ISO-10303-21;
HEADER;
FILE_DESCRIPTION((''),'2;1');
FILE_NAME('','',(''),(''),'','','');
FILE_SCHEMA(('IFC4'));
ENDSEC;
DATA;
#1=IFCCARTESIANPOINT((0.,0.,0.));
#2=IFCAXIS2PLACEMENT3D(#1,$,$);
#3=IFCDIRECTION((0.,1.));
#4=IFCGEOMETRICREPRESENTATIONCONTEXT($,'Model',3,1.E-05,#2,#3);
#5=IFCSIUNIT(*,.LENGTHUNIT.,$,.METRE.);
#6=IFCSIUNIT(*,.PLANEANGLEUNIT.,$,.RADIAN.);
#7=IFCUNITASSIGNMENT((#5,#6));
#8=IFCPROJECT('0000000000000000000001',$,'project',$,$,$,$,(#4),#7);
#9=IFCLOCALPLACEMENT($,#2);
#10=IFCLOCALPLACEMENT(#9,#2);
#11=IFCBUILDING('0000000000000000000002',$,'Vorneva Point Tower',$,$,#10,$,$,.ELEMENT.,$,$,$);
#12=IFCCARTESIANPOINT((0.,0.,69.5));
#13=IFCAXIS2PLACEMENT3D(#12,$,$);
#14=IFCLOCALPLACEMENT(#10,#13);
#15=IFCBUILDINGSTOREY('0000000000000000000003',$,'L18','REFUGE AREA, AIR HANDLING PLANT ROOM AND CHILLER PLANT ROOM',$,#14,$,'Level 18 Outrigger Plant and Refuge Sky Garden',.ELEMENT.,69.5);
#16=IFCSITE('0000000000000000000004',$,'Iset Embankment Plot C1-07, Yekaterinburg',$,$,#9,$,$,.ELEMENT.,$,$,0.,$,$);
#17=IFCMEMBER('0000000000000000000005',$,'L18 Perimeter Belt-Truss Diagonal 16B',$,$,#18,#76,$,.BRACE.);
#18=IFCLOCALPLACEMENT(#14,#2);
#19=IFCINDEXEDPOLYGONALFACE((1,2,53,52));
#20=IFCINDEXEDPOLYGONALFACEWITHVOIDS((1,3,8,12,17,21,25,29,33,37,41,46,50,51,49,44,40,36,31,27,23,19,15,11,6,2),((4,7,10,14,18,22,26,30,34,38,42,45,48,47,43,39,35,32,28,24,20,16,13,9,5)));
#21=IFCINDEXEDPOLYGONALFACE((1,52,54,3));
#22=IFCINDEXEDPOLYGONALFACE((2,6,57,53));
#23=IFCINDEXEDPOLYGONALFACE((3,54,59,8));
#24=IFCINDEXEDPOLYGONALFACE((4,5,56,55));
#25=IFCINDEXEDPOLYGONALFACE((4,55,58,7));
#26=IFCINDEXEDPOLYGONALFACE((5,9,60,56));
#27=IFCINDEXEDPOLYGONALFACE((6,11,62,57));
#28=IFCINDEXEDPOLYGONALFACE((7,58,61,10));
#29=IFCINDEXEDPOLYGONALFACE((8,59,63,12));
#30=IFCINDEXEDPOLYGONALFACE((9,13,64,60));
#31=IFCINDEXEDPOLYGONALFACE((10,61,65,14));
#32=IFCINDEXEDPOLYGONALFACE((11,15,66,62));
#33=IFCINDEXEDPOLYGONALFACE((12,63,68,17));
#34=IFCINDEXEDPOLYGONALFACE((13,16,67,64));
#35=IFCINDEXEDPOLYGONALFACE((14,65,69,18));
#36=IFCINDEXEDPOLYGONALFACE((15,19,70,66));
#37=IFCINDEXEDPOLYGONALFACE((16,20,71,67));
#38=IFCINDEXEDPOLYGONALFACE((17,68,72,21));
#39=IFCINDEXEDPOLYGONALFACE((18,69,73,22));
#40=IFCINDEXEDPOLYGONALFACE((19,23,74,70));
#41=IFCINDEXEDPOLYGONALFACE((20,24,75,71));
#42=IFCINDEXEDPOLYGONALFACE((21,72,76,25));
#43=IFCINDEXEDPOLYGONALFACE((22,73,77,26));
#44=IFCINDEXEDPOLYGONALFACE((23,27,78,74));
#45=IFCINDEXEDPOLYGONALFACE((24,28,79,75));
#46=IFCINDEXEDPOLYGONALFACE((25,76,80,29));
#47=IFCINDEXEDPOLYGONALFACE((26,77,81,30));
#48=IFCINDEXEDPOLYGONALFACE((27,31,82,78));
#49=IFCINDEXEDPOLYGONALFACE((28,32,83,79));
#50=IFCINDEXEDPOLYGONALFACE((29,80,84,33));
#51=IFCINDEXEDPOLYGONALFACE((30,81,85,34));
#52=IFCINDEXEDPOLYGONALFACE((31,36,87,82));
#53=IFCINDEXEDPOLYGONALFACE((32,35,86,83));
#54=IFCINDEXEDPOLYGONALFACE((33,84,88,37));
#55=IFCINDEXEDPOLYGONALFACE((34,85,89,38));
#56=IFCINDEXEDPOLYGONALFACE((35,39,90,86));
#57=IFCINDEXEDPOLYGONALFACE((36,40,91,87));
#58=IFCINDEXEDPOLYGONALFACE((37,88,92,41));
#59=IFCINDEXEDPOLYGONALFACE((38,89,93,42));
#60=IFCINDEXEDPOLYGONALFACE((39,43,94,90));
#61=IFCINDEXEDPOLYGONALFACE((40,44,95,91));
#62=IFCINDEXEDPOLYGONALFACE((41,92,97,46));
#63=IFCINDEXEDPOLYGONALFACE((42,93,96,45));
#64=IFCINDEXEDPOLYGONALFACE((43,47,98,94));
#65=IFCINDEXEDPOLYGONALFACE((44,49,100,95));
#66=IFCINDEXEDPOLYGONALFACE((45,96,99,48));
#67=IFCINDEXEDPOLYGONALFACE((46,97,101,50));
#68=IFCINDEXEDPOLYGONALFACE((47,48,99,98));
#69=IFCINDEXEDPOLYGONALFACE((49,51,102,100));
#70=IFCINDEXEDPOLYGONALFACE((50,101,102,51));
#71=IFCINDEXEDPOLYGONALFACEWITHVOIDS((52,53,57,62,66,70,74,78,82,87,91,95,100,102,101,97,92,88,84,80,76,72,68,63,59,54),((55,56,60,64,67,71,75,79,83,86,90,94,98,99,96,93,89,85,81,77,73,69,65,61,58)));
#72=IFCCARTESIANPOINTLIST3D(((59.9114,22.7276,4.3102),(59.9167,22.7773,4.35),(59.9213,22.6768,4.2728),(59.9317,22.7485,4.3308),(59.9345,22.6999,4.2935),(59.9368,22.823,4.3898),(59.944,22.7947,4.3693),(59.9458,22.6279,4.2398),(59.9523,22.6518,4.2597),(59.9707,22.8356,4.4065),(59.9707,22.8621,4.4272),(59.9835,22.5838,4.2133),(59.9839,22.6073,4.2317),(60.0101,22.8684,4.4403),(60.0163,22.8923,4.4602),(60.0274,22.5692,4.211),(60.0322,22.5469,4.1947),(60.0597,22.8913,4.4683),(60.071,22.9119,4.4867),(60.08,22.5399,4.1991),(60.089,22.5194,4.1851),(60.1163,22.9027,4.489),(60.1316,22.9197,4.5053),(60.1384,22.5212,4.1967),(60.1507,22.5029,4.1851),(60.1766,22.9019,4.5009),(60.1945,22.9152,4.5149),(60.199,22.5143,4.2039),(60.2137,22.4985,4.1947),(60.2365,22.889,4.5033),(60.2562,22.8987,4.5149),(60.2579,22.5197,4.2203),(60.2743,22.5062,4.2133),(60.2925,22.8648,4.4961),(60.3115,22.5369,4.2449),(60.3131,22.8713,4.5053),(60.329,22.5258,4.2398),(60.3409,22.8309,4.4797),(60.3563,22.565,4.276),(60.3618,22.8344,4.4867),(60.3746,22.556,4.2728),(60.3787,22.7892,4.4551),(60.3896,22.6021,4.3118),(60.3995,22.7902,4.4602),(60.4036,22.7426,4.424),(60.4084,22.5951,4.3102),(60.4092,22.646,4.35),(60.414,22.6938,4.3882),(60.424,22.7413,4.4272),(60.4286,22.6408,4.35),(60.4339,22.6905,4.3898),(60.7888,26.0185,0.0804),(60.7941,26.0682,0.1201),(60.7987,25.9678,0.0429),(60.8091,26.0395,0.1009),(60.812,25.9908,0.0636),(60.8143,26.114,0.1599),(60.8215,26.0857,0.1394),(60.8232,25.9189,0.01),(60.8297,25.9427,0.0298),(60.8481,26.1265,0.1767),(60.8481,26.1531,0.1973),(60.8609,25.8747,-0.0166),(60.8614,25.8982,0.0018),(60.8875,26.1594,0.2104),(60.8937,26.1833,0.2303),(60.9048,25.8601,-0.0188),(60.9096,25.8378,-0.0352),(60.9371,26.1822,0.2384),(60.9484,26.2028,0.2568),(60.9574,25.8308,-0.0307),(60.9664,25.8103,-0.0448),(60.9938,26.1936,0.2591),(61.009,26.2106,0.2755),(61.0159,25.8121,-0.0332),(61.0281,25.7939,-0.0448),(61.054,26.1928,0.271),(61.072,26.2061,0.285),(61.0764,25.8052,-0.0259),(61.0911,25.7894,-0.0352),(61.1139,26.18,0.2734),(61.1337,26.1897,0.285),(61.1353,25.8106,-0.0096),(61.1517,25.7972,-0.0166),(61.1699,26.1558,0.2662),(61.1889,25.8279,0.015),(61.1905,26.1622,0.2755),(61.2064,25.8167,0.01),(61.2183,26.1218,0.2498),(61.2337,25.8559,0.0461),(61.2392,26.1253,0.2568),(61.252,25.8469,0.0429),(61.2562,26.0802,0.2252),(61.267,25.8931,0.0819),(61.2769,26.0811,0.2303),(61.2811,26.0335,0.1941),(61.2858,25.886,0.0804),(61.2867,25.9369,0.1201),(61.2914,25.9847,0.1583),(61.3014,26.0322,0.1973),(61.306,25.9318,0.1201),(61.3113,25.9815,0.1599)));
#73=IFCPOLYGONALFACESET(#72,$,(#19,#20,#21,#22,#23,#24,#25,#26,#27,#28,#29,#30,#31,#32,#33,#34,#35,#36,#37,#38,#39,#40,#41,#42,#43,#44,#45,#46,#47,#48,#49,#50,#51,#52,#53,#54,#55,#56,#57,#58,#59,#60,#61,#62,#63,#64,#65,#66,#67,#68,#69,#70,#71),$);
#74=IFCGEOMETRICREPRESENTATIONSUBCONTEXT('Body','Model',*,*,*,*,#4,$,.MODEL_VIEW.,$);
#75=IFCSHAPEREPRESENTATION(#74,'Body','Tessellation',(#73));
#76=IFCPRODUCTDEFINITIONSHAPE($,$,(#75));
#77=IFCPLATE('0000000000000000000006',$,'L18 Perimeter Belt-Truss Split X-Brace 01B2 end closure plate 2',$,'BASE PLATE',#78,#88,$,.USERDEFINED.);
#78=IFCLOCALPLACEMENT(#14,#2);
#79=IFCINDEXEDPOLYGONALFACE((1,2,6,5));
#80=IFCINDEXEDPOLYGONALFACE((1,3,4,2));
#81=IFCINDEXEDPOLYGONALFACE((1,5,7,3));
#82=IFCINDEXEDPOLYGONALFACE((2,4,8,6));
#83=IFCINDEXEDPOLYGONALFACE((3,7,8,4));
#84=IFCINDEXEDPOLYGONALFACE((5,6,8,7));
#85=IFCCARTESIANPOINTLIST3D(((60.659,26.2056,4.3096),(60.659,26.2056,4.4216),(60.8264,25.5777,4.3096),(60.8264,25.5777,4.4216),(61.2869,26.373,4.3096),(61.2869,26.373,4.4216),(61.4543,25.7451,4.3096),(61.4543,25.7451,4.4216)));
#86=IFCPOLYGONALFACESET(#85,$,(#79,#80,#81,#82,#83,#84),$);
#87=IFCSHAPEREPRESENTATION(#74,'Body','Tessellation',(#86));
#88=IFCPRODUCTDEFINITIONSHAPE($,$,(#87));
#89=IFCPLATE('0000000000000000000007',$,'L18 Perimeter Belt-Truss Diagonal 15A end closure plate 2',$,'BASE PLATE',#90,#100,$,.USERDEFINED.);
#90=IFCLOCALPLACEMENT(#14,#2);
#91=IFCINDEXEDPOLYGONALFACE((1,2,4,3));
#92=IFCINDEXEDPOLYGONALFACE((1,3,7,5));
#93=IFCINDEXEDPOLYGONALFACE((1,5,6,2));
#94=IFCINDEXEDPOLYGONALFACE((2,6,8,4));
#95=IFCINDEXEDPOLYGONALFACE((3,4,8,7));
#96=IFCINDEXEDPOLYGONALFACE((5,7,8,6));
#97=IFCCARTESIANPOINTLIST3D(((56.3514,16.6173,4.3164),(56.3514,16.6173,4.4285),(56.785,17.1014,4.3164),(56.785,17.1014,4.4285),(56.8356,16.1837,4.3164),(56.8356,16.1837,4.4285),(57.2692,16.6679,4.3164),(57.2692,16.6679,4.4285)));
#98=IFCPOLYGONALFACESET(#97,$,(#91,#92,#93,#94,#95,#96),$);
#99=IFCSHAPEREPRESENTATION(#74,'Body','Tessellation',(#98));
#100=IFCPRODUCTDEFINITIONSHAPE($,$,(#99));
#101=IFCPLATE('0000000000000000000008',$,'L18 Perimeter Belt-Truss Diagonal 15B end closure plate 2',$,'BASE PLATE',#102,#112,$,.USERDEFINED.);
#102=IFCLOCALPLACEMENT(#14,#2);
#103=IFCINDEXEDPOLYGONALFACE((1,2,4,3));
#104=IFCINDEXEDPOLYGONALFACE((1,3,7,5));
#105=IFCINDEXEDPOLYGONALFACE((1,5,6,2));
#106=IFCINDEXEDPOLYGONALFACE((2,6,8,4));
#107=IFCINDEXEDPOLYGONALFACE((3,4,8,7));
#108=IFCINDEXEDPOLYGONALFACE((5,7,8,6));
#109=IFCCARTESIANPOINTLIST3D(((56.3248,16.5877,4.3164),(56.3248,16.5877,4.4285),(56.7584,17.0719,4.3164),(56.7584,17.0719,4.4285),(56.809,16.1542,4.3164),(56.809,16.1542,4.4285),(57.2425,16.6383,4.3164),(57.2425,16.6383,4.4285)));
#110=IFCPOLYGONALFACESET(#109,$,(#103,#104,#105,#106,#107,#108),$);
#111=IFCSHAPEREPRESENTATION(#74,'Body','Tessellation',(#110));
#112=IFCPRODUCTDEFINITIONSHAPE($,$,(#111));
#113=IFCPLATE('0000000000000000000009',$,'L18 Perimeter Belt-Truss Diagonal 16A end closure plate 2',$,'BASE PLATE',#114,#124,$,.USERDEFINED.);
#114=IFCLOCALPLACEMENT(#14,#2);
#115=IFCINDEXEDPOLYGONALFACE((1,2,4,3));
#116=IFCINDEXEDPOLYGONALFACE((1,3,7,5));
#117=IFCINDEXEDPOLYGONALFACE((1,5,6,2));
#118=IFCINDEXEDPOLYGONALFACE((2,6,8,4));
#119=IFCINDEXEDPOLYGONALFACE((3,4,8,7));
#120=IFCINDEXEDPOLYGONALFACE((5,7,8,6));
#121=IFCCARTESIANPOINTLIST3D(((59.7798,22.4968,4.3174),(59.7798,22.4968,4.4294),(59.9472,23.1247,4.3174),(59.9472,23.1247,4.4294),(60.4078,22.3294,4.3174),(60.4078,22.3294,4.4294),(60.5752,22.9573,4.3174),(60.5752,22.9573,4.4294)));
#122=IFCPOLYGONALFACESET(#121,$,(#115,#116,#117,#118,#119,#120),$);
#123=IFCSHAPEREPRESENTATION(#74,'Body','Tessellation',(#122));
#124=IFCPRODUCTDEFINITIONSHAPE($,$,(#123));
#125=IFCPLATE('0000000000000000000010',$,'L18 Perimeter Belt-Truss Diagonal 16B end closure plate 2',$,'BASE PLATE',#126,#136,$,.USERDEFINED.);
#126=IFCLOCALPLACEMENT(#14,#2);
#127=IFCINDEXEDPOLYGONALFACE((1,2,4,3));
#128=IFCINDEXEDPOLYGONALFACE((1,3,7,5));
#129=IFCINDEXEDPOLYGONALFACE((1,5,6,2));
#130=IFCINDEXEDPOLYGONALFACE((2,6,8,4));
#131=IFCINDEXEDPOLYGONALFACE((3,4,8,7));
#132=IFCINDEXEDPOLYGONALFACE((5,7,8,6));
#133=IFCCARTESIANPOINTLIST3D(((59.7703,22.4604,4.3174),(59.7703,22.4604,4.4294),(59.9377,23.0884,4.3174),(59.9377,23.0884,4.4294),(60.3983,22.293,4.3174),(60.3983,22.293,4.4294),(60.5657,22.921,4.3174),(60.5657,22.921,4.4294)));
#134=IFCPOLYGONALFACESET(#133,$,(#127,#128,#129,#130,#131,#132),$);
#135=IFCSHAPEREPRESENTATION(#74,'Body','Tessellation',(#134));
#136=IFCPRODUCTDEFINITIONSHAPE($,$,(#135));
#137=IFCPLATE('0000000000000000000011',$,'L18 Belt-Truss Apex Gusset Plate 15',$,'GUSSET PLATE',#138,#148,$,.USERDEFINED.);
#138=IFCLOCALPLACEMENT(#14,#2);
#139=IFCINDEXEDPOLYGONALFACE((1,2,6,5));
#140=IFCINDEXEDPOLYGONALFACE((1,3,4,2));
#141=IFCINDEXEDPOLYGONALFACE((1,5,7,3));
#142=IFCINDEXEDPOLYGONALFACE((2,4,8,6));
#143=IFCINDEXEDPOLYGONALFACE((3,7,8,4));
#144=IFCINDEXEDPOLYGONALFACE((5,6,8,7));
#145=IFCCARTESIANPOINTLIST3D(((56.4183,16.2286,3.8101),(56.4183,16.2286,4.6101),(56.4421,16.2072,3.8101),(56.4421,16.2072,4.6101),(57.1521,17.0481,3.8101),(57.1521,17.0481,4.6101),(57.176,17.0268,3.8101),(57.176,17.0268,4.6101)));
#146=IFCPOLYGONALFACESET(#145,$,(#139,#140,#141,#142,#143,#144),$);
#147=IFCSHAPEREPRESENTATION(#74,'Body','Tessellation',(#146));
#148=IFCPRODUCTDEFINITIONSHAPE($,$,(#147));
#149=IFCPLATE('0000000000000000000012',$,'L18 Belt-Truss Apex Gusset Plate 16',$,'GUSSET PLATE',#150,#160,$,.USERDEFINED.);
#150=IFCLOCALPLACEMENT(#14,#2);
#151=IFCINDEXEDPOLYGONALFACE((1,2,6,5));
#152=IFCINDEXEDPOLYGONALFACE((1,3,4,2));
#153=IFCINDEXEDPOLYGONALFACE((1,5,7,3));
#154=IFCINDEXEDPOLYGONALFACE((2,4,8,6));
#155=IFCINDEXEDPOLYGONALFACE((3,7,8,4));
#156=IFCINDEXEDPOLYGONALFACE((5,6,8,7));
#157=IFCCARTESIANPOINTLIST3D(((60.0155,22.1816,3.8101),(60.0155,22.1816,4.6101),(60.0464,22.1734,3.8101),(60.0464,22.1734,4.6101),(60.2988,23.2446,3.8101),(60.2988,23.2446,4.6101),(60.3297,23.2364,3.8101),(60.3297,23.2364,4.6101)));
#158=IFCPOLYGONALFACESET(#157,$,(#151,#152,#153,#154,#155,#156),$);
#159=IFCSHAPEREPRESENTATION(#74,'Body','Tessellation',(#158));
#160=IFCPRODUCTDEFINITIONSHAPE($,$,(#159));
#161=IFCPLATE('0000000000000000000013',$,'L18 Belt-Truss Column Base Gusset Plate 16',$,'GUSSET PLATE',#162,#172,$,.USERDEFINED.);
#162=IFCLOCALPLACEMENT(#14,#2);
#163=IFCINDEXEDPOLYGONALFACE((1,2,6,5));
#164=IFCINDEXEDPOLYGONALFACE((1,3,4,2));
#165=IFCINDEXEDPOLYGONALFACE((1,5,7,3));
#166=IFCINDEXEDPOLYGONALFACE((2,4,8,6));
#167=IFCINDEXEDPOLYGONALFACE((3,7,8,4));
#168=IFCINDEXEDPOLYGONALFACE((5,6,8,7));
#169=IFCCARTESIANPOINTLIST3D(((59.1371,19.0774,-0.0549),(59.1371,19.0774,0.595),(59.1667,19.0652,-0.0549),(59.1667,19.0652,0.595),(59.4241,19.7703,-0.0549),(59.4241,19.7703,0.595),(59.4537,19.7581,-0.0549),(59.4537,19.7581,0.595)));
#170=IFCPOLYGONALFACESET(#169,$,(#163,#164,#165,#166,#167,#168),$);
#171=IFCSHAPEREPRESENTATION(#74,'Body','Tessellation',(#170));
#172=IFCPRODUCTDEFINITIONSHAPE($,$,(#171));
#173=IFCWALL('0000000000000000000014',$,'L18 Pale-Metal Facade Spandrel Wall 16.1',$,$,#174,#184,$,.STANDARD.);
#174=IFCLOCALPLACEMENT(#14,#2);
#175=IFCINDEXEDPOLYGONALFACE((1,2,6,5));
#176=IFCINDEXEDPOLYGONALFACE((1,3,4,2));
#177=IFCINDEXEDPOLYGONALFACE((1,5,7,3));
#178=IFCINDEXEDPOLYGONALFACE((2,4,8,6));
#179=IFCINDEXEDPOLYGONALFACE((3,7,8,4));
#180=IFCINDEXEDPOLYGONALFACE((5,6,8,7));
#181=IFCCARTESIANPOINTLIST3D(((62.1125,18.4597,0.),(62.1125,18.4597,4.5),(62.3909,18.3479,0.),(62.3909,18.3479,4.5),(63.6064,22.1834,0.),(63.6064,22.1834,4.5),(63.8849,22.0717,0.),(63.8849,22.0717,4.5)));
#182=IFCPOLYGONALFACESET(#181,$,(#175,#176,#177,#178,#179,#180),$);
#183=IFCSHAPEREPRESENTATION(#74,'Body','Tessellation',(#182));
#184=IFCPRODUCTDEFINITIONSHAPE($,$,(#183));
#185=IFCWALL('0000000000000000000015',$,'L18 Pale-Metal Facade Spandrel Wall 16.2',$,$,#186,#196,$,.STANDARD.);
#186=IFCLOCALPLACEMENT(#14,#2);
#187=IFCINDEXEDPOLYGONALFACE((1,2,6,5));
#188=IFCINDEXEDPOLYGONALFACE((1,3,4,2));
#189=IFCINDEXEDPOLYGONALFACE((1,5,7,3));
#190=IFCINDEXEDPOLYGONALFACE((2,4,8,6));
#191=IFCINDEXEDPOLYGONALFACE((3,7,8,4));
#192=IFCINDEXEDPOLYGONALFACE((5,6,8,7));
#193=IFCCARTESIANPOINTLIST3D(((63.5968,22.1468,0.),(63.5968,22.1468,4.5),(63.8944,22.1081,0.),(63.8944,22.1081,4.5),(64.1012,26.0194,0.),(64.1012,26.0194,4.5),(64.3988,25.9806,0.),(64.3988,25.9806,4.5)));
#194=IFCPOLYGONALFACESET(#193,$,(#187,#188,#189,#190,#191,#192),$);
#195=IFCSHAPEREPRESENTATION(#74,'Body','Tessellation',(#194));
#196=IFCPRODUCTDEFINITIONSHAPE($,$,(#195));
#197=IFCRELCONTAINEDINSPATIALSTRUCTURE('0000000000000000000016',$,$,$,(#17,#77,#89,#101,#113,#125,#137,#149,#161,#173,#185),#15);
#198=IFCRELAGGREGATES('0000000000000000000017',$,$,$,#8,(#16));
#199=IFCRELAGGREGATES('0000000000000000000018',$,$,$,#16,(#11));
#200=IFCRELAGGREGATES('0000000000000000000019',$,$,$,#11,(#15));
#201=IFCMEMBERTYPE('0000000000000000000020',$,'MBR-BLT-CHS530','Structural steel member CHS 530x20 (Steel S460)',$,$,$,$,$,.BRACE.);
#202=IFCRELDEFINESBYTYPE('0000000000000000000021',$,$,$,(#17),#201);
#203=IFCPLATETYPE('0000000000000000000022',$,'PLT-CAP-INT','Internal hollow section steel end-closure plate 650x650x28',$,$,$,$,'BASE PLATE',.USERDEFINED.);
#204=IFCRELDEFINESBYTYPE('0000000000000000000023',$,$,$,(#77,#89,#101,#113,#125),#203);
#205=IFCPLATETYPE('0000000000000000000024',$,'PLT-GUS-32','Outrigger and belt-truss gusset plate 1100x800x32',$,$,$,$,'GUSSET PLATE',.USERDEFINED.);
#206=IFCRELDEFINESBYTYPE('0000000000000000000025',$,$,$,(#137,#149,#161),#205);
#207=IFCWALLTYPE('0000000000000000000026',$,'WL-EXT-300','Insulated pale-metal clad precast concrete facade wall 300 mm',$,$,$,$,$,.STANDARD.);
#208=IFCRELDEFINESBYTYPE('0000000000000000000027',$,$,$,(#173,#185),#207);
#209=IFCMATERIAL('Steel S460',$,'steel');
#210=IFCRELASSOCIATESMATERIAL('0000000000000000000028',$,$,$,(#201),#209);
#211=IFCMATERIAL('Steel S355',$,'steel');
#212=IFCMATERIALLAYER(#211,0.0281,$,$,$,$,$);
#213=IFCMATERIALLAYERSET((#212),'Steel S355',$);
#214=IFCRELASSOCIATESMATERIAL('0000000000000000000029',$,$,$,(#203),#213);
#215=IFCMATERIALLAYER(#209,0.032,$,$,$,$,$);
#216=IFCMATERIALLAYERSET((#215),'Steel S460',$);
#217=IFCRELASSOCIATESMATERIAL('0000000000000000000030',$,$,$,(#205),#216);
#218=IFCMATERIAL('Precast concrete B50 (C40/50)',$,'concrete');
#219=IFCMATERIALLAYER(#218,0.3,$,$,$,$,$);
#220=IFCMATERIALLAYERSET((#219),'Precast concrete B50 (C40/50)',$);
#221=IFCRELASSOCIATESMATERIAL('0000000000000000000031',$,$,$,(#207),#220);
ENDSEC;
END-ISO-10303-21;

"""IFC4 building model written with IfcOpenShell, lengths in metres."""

from ifc_helpers import new_model, si_unit, direction, frame, frame_2d, origin, origin_2d, place, context, subcontext, project, spatial, rectangle, hollow_circle, extrude, material, layer, layer_set, material_profile, profile_set, type_object, element, save


model = new_model("IFC4")

# Units and contexts
model_context = context("Model", 3, precision=1e-05, world=origin(), true_north=direction((0.0, 1.0)))
body_context = subcontext(model_context, "Body", "Model", "MODEL_VIEW")
ifc_project = project(units=[si_unit("LENGTHUNIT", "METRE"), si_unit("PLANEANGLEUNIT", "RADIAN")], contexts=[model_context])

# Site, building, storey
site_placement = place(None, origin())
site = spatial("IfcSite", under=ifc_project, at=site_placement, Name="Iset Embankment Plot C1-07, Yekaterinburg", CompositionType="ELEMENT", RefElevation=0.0)
building_placement = place(site_placement, origin())
building = spatial("IfcBuilding", under=site, at=building_placement, Name="Vorneva Point Tower", CompositionType="ELEMENT")
storey_placement = place(building_placement, frame((0.0, 0.0, 69.5)))
storey = spatial("IfcBuildingStorey", under=building, at=storey_placement, Name="L18", Description="REFUGE AREA, AIR HANDLING PLANT ROOM AND CHILLER PLANT ROOM", LongName="Level 18 Outrigger Plant and Refuge Sky Garden", CompositionType="ELEMENT", Elevation=69.5)

# Shared definitions
ifc_material_1 = material(Name="Steel S460", Category="steel")
ifc_material_2 = material(Name="Steel S355", Category="steel")

# Member
ifc_material_profile_1 = material_profile(ifc_material_1, hollow_circle(Radius=0.2649, WallThickness=0.02, at=origin_2d()), Name="CHS 530x20")
ifc_profile_set_1 = profile_set([ifc_material_profile_1], Name="Steel S460")
member_type = type_object("IfcMemberType", Name="MBR-BLT-CHS530", Description="Structural steel member CHS 530x20 (Steel S460)", PredefinedType="BRACE", material=ifc_profile_set_1)
member_1_placement = place(storey_placement, frame((61.05, 26.0, 0.1201), z_axis=(-0.161568, -0.605993, 0.778889), x_axis=(0.966247, -0.257618, 0.0)))
element("IfcMember", 1, at=member_1_placement, inside=storey, type_object=member_type, Name="L18 Perimeter Belt-Truss Diagonal 16B", PredefinedType="BRACE", context=body_context, shape_type="SweptSolid", body=[
    extrude(hollow_circle(Radius=0.2649, WallThickness=0.02, at=origin_2d()), origin(), (0.0, 0.0, 1.0), 5.4307),
])

# Plates
ifc_layer_1 = layer(ifc_material_2, 0.0281)
ifc_layer_set_1 = layer_set([ifc_layer_1], Name="Steel S355")
plate_type_1 = type_object("IfcPlateType", Name="PLT-CAP-INT", Description="Internal hollow section steel end-closure plate 650x650x28", ElementType="BASE PLATE", PredefinedType="USERDEFINED", material=ifc_layer_set_1)
for number, where, z_axis, x_axis, name in (
    (2, (61.0566, 25.9753, 4.3096), (0.0, 0.0, 1.0), (0.257571, -0.966259, 0.0), "L18 Perimeter Belt-Truss Split X-Brace 01B2 end closure plate 2"),
    (3, (56.8103, 16.6426, 4.3164), (0.0, 0.0, 1.0), (0.667092, 0.744976, 0.0), "L18 Perimeter Belt-Truss Diagonal 15A end closure plate 2"),
    (4, (56.7837, 16.613, 4.3164), (0.0, 0.0, 1.0), (-0.667092, -0.744976, 0.0), "L18 Perimeter Belt-Truss Diagonal 15B end closure plate 2"),
    (5, (60.1775, 22.7271, 4.3174), (0.0, 0.0, 1.0), (0.257571, 0.966259, 0.0), "L18 Perimeter Belt-Truss Diagonal 16A end closure plate 2"),
    (6, (60.168, 22.6907, 4.3174), (0.0, 0.0, 1.0), (-0.257571, -0.966259, 0.0), "L18 Perimeter Belt-Truss Diagonal 16B end closure plate 2"),
):
    element("IfcPlate", number, at=place(storey_placement, frame(where, z_axis=z_axis, x_axis=x_axis)), inside=storey, type_object=plate_type_1, Name=name, ObjectType="BASE PLATE", PredefinedType="USERDEFINED", context=body_context, shape_type="SweptSolid", body=[
        extrude(rectangle(XDim=0.6499, YDim=0.6499, at=origin_2d()), origin(), (0.0, 0.0, 1.0), 0.1121),
    ])
ifc_layer_2 = layer(ifc_material_1, 0.032)
ifc_layer_set_2 = layer_set([ifc_layer_2], Name="Steel S460")
plate_type_2 = type_object("IfcPlateType", Name="PLT-GUS-32", Description="Outrigger and belt-truss gusset plate 1100x800x32", ElementType="GUSSET PLATE", PredefinedType="USERDEFINED", material=ifc_layer_set_2)
for number, where, z_axis, x_axis, name in (
    (7, (56.7971, 16.6277, 3.8101), (0.0, 0.0, 1.0), (0.667092, 0.744976, 0.0), "L18 Belt-Truss Apex Gusset Plate 15"),
    (8, (60.1726, 22.709, 3.8101), (0.0, 0.0, 1.0), (0.257571, 0.966259, 0.0), "L18 Belt-Truss Apex Gusset Plate 16"),
):
    element("IfcPlate", number, at=place(storey_placement, frame(where, z_axis=z_axis, x_axis=x_axis)), inside=storey, type_object=plate_type_2, Name=name, ObjectType="GUSSET PLATE", PredefinedType="USERDEFINED", context=body_context, shape_type="SweptSolid", body=[
        extrude(rectangle(XDim=1.1001, YDim=0.032, at=origin_2d()), origin(), (0.0, 0.0, 1.0), 0.8),
    ])
plate_placement = place(storey_placement, frame((59.2954, 19.4177, -0.0549), z_axis=(0.0, 0.0, 1.0), x_axis=(0.382683, 0.92388, 0.0)))
element("IfcPlate", 9, at=plate_placement, inside=storey, type_object=plate_type_2, Name="L18 Belt-Truss Column Base Gusset Plate 16", ObjectType="GUSSET PLATE", PredefinedType="USERDEFINED", context=body_context, shape_type="SweptSolid", body=[
    extrude(rectangle(XDim=0.75, YDim=0.032, at=origin_2d()), origin(), (0.0, 0.0, 1.0), 0.6499),
])

# Walls
ifc_material_3 = material(Name="Precast concrete B50 (C40/50)", Category="concrete")
ifc_layer_3 = layer(ifc_material_3, 0.3)
ifc_layer_set_3 = layer_set([ifc_layer_3], Name="Precast concrete B50 (C40/50)")
wall_type_1 = type_object("IfcWallType", Name="WL-EXT-300", Description="Insulated pale-metal clad precast concrete facade wall 300 mm", PredefinedType="STANDARD", material=ifc_layer_set_3)
wall_1_placement = place(storey_placement, frame((62.2517, 18.4038, 0.0), z_axis=(0.0, 0.0, 1.0), x_axis=(0.372345, 0.928094, 0.0)))
element("IfcWall", 10, at=wall_1_placement, inside=storey, type_object=wall_type_1, Name="L18 Pale-Metal Facade Spandrel Wall 16.1", PredefinedType="STANDARD", context=body_context, shape_type="SweptSolid", body=[
    extrude(rectangle(XDim=4.0122, YDim=0.3, at=frame_2d((2.0061, 0.0))), origin(), (0.0, 0.0, 1.0), 4.5),
])
wall_2_placement = place(storey_placement, frame((63.7456, 22.1274, 0.0), z_axis=(0.0, 0.0, 1.0), x_axis=(0.129157, 0.991624, 0.0)))
element("IfcWall", 11, at=wall_2_placement, inside=storey, type_object=wall_type_1, Name="L18 Pale-Metal Facade Spandrel Wall 16.2", PredefinedType="STANDARD", context=body_context, shape_type="SweptSolid", body=[
    extrude(rectangle(XDim=3.9053, YDim=0.3, at=frame_2d((1.9526, 0.0))), origin(), (0.0, 0.0, 1.0), 4.5),
])

save(model, "model.ifc")
